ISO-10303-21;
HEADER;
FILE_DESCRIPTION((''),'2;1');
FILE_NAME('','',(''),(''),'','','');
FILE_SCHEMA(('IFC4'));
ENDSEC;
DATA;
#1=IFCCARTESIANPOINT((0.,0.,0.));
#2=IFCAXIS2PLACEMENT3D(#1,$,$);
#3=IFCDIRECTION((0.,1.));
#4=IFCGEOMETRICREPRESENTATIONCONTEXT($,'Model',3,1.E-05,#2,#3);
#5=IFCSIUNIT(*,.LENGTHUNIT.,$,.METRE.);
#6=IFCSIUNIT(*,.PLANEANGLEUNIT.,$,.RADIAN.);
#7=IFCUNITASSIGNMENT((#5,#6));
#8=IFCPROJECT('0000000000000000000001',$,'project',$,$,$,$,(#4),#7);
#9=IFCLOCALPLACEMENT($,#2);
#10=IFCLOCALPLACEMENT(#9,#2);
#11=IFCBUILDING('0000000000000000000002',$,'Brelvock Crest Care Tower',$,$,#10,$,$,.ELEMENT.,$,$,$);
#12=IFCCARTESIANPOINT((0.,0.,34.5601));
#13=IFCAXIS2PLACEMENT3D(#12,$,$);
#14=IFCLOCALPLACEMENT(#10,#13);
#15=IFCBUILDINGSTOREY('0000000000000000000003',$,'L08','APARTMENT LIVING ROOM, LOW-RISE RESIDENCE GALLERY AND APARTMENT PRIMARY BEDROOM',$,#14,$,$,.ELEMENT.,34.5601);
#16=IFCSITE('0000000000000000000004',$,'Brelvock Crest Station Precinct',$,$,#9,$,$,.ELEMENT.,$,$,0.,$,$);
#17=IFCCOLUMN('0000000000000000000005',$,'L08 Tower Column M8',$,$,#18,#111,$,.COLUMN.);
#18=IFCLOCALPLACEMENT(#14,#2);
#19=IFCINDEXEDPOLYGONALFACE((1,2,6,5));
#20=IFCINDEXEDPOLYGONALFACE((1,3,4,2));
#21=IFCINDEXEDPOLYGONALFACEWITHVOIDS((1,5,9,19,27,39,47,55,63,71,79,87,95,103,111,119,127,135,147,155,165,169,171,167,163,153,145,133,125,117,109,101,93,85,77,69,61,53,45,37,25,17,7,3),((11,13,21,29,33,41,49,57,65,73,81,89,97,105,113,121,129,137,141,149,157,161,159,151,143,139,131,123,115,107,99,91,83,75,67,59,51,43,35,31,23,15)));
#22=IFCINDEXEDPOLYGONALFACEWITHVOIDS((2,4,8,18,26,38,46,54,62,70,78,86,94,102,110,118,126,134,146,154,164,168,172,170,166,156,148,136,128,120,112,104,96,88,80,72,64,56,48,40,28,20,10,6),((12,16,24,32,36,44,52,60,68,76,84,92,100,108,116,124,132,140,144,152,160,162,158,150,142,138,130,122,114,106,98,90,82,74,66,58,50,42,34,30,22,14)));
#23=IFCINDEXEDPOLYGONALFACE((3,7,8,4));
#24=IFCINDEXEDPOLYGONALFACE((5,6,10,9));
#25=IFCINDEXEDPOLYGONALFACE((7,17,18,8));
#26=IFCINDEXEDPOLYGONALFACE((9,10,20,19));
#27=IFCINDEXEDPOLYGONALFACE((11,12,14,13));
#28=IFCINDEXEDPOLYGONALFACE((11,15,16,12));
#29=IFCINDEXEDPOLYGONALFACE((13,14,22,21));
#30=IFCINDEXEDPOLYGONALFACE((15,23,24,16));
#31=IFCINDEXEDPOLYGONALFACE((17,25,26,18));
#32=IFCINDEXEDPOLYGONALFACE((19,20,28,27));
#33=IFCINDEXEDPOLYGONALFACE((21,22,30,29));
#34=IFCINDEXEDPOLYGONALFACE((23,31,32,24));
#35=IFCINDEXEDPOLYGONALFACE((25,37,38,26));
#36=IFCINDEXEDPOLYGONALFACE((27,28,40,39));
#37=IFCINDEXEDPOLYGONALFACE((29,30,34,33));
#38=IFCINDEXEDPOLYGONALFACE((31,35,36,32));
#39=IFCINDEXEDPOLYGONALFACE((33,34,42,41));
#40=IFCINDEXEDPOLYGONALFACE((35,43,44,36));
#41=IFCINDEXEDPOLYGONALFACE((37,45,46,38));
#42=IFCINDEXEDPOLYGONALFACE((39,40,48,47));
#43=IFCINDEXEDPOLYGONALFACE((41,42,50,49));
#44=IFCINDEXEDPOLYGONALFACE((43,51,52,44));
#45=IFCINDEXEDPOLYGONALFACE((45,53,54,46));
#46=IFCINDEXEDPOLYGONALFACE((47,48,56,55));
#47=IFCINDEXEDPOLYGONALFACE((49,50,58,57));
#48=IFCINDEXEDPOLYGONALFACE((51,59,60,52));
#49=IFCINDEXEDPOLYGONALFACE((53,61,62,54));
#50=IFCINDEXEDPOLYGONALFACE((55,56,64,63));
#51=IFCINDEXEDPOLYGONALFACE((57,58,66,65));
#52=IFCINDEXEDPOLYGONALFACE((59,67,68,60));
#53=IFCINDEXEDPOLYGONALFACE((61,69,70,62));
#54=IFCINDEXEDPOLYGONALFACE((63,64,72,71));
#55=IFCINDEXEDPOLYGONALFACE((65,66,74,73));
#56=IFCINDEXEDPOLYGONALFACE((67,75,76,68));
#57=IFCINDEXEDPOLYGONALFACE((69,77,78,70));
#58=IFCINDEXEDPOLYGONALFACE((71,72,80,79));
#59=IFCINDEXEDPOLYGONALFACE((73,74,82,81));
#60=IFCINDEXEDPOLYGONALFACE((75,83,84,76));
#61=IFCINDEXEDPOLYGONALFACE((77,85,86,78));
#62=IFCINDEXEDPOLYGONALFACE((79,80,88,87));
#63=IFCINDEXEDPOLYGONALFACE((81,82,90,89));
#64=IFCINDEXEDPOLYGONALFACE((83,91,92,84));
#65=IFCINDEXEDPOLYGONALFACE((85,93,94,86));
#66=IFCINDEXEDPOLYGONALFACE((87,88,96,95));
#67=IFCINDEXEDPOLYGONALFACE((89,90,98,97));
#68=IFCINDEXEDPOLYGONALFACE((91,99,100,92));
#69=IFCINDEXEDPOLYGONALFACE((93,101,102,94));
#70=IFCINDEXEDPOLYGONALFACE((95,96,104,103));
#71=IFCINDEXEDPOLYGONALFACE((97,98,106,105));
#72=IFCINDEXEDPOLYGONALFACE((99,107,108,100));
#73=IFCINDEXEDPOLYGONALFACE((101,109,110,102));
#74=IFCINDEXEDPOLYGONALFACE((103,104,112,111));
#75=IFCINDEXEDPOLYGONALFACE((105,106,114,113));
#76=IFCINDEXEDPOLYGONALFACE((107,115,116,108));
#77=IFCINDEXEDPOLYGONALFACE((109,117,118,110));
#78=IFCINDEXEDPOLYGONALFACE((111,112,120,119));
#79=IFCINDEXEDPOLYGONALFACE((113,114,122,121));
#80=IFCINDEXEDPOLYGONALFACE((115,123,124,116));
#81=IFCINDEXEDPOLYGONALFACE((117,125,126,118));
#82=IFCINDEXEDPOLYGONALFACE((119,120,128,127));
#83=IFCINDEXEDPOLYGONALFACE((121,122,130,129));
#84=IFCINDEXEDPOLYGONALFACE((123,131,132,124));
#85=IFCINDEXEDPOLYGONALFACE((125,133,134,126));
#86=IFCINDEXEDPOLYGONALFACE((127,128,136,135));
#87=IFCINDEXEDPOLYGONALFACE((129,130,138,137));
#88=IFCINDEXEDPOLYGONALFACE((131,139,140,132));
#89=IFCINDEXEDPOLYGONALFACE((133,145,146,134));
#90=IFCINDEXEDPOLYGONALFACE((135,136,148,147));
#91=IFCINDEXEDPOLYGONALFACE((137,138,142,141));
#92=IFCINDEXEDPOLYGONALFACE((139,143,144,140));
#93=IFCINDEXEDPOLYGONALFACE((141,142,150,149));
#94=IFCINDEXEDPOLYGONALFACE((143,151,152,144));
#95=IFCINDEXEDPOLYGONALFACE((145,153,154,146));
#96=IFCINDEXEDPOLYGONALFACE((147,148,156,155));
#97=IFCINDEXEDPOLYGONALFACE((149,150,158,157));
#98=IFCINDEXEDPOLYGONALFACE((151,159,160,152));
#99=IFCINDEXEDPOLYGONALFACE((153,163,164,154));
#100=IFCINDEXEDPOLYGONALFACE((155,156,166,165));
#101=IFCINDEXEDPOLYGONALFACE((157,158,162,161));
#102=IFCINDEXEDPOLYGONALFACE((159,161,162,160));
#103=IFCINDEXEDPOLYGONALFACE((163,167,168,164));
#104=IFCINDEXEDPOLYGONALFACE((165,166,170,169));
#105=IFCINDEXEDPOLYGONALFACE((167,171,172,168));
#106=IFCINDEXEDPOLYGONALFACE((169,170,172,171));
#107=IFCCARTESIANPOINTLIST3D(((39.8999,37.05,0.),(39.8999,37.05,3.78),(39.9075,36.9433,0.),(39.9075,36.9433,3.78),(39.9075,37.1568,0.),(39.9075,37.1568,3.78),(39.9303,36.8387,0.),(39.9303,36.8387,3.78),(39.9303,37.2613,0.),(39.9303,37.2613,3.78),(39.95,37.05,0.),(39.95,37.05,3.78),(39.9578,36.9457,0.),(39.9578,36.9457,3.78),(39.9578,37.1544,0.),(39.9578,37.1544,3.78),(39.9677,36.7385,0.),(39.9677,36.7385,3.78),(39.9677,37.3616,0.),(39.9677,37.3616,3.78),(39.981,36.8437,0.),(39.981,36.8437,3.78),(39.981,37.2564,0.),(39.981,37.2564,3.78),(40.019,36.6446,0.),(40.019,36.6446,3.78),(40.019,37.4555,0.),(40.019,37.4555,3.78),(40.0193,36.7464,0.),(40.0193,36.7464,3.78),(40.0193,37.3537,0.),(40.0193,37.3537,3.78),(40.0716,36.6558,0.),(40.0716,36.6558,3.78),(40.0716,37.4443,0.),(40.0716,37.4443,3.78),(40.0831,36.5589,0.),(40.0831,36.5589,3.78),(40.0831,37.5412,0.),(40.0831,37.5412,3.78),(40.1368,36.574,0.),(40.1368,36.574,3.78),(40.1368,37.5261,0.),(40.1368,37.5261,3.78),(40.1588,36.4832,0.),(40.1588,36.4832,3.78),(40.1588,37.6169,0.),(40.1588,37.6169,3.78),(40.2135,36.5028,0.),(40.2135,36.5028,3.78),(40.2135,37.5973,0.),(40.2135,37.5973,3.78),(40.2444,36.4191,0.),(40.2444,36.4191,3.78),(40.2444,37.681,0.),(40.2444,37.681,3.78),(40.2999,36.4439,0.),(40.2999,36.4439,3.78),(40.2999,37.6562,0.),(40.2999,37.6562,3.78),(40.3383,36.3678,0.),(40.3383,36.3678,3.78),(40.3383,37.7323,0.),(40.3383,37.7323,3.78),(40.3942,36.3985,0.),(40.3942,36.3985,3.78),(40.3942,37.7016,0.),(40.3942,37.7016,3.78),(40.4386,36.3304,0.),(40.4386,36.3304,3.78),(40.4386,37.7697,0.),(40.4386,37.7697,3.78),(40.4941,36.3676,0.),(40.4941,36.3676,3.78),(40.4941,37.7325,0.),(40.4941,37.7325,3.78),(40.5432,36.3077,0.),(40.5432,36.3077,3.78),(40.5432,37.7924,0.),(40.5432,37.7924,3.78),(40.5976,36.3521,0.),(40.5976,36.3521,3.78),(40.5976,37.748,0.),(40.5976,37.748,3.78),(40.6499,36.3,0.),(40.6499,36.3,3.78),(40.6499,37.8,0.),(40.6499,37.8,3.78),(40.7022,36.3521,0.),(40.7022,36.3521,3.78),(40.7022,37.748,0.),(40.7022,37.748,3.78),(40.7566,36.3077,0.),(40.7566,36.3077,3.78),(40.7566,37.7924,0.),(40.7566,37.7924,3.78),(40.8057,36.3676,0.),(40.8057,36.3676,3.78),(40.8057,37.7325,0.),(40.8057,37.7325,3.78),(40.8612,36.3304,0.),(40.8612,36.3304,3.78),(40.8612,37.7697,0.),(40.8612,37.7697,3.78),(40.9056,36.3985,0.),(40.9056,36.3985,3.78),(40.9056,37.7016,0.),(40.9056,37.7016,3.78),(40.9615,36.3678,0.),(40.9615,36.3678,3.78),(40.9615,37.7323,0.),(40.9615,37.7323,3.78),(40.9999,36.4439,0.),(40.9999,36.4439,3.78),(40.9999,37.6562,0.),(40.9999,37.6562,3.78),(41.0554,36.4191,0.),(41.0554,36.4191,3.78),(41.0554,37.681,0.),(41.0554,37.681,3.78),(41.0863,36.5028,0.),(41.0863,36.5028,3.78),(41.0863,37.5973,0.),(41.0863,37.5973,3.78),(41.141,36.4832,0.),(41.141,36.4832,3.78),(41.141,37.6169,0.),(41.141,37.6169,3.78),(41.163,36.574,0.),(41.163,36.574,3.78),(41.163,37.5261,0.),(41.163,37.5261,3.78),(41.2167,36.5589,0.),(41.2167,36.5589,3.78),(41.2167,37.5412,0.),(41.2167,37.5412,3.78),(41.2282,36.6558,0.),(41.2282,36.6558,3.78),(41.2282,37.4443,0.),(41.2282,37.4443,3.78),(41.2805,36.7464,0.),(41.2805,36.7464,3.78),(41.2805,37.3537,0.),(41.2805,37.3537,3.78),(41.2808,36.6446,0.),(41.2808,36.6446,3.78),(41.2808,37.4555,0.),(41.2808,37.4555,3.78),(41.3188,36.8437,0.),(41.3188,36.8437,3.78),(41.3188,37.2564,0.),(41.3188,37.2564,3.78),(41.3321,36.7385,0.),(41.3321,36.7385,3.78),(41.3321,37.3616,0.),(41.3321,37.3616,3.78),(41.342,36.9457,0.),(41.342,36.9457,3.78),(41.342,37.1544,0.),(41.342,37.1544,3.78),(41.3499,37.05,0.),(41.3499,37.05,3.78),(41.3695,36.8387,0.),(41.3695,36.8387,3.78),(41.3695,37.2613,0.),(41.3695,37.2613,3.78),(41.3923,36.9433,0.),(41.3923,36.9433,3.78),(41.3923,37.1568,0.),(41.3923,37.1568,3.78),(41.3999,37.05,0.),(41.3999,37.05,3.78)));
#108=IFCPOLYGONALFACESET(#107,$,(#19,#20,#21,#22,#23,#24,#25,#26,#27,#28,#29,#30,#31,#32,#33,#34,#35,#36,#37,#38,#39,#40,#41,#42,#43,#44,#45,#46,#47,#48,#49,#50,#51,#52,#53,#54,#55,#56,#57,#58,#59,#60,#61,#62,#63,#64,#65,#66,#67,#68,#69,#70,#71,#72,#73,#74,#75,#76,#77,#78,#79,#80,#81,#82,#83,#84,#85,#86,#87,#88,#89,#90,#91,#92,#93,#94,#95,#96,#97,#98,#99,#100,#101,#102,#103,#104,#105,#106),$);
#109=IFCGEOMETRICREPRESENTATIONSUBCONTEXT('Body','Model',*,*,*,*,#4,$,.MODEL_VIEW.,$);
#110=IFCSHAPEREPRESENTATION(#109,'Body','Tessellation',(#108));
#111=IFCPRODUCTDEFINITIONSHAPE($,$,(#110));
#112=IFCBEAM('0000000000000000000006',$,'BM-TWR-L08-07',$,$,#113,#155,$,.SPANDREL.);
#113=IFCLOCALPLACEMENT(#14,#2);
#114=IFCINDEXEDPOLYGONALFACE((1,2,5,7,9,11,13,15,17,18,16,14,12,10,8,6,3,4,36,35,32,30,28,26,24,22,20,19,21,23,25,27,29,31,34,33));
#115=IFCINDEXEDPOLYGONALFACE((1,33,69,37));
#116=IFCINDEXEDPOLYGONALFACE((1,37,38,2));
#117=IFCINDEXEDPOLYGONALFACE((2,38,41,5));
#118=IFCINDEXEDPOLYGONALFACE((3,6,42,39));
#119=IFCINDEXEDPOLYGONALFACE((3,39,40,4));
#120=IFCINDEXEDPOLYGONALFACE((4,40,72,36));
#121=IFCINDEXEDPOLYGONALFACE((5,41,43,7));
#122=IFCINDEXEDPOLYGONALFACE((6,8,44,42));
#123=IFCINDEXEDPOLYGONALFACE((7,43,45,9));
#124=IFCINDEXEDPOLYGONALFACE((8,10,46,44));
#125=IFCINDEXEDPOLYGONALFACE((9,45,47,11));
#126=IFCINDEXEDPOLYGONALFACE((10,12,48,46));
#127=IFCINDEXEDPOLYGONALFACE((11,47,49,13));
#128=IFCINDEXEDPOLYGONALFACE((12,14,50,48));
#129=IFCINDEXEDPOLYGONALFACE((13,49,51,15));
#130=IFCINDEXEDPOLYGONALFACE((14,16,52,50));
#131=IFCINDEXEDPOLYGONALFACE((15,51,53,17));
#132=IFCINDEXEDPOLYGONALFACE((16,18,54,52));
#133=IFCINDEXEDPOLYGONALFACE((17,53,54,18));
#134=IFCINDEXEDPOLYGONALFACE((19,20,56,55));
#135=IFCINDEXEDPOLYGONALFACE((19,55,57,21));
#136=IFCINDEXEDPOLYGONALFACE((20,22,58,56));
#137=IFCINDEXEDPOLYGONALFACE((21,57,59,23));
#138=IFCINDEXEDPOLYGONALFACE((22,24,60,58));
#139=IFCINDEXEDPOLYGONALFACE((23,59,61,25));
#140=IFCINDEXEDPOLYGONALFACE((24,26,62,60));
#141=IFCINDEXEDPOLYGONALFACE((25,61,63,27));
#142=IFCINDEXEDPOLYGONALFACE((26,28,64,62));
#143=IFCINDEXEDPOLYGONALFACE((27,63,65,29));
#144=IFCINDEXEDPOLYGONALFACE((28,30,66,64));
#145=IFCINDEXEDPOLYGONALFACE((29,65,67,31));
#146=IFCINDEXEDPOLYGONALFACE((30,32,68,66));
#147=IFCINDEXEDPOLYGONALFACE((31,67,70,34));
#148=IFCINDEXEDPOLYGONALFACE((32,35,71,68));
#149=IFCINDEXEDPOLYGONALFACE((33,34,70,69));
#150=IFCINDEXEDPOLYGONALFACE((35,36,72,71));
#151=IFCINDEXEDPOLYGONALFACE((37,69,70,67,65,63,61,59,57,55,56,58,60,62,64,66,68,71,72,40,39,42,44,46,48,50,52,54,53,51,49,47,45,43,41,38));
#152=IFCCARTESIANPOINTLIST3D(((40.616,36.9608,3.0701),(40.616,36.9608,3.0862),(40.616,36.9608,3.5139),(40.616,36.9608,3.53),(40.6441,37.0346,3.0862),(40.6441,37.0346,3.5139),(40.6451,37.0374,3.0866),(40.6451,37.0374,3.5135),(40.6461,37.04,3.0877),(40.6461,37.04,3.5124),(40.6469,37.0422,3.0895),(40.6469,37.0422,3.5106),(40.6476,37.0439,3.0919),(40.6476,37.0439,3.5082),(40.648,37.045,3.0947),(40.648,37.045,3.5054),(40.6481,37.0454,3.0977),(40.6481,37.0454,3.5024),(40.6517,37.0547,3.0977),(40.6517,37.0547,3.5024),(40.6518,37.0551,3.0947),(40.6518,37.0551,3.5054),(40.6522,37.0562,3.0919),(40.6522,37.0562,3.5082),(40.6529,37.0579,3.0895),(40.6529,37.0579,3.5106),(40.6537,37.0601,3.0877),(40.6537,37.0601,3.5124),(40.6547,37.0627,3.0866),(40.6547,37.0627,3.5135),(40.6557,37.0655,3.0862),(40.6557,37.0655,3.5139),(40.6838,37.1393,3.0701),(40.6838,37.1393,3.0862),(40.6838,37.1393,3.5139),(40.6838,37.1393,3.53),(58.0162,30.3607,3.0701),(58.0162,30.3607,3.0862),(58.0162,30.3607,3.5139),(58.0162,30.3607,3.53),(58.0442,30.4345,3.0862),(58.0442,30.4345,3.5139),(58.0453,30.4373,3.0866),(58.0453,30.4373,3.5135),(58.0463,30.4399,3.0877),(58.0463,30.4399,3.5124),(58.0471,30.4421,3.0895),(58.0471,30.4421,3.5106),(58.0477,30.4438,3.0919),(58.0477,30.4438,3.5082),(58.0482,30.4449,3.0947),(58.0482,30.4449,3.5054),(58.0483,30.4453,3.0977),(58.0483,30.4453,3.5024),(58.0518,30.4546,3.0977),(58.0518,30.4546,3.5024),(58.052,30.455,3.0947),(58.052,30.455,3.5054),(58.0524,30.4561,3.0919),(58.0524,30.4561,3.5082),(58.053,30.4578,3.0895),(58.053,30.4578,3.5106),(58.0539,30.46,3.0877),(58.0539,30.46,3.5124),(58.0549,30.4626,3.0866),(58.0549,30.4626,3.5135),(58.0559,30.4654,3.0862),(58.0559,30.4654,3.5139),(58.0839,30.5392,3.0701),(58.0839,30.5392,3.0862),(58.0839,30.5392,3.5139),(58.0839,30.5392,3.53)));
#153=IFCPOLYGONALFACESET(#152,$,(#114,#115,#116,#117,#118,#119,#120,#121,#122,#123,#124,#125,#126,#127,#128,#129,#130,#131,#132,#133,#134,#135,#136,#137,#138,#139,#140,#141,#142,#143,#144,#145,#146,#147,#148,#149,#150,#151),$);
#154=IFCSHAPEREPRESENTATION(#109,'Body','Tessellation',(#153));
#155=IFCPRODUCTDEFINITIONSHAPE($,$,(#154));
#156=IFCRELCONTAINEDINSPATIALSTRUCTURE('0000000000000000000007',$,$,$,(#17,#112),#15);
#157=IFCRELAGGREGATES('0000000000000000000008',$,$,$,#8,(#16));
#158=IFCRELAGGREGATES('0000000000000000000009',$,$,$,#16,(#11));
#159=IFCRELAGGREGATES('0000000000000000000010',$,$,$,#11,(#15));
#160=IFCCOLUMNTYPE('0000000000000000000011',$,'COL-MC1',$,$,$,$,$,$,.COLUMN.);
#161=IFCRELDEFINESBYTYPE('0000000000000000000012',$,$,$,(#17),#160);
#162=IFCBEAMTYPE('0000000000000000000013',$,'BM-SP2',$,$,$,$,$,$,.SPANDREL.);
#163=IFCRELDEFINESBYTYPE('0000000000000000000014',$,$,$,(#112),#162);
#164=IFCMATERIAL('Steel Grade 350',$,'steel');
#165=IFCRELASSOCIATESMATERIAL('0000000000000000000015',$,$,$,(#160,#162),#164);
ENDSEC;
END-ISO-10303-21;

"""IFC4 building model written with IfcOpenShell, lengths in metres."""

from ifc_helpers import new_model, si_unit, direction, frame, origin, origin_2d, place, context, subcontext, project, spatial, hollow_circle, i_section, extrude, source, transform, mapped, material, material_profile, profile_set, type_object, element, save


model = new_model("IFC4")

# Units and contexts
model_context = context("Model", 3, precision=1e-05, world=origin(), true_north=direction((0.0, 1.0)))
body_context = subcontext(model_context, "Body", "Model", "MODEL_VIEW")
ifc_project = project(units=[si_unit("LENGTHUNIT", "METRE"), si_unit("PLANEANGLEUNIT", "RADIAN")], contexts=[model_context])

# Site, building, storey
site_placement = place(None, origin())
site = spatial("IfcSite", under=ifc_project, at=site_placement, Name="Brelvock Crest Station Precinct", CompositionType="ELEMENT", RefElevation=0.0)
building_placement = place(site_placement, origin())
building = spatial("IfcBuilding", under=site, at=building_placement, Name="Brelvock Crest Care Tower", CompositionType="ELEMENT")
storey_placement = place(building_placement, frame((0.0, 0.0, 34.5601)))
storey = spatial("IfcBuildingStorey", under=building, at=storey_placement, Name="L08", Description="APARTMENT LIVING ROOM, LOW-RISE RESIDENCE GALLERY AND APARTMENT PRIMARY BEDROOM", CompositionType="ELEMENT", Elevation=34.5601)

# Column
ifc_material_1 = material(Name="Steel Grade 350", Category="steel")
ifc_material_profile_1 = material_profile(ifc_material_1, hollow_circle(Radius=0.75, WallThickness=0.05, at=origin_2d()), Name="CFT1500x50")
ifc_profile_set_1 = profile_set([ifc_material_profile_1], Name="Steel Grade 350")
column_type = type_object("IfcColumnType", Name="COL-MC1", PredefinedType="COLUMN", material=ifc_profile_set_1)
shared_shape_1 = source(origin(), body_context, "Body", "SweptSolid", [
    extrude(hollow_circle(Radius=0.75, WallThickness=0.05, at=origin_2d()), origin(), (0.0, 0.0, 1.0), 3.78),
])
column_placement = place(storey_placement, frame((40.6499, 37.05, 0.0), z_axis=(0.0, 0.0, 1.0), x_axis=(1.0, 0.0, 0.0)))
element("IfcColumn", 1, at=column_placement, inside=storey, type_object=column_type, Name="L08 Tower Column M8", PredefinedType="COLUMN", context=body_context, shape_type="MappedRepresentation", body=[
    mapped(shared_shape_1, transform((0.0, 0.0, 0.0), x_axis=(1.0, 0.0, 0.0), y_axis=(0.0, 1.0, 0.0), z_axis=(0.0, 0.0, 1.0), scale=1.0)),
])

# Beam
ifc_material_profile_2 = material_profile(ifc_material_1, i_section(OverallWidth=0.1909, OverallDepth=0.46, WebThickness=0.01, FlangeThickness=0.0161, FilletRadius=0.0115, at=origin_2d()), Name="460UB82.1")
ifc_profile_set_2 = profile_set([ifc_material_profile_2], Name="Steel Grade 350")
beam_type_1 = type_object("IfcBeamType", Name="BM-SP2", PredefinedType="SPANDREL", material=ifc_profile_set_2)
shared_shape_2 = source(origin(), body_context, "Body", "SweptSolid", [
    extrude(i_section(OverallWidth=0.1909, OverallDepth=0.46, WebThickness=0.01, FlangeThickness=0.0161, FilletRadius=0.0115, at=origin_2d()), origin(), (0.0, 0.0, 1.0), 18.6099),
])
beam_placement = place(storey_placement, frame((40.6499, 37.05, 3.3), z_axis=(0.934997, -0.354656, 0.0), x_axis=(0.354656, 0.934997, 0.0)))
element("IfcBeam", 2, at=beam_placement, inside=storey, type_object=beam_type_1, Name="BM-TWR-L08-07", PredefinedType="SPANDREL", context=body_context, shape_type="MappedRepresentation", body=[
    mapped(shared_shape_2, transform((0.0, 0.0, 0.0), x_axis=(1.0, 0.0, 0.0), y_axis=(0.0, 1.0, 0.0), z_axis=(0.0, 0.0, 1.0), scale=1.0)),
])

save(model, "model.ifc")
